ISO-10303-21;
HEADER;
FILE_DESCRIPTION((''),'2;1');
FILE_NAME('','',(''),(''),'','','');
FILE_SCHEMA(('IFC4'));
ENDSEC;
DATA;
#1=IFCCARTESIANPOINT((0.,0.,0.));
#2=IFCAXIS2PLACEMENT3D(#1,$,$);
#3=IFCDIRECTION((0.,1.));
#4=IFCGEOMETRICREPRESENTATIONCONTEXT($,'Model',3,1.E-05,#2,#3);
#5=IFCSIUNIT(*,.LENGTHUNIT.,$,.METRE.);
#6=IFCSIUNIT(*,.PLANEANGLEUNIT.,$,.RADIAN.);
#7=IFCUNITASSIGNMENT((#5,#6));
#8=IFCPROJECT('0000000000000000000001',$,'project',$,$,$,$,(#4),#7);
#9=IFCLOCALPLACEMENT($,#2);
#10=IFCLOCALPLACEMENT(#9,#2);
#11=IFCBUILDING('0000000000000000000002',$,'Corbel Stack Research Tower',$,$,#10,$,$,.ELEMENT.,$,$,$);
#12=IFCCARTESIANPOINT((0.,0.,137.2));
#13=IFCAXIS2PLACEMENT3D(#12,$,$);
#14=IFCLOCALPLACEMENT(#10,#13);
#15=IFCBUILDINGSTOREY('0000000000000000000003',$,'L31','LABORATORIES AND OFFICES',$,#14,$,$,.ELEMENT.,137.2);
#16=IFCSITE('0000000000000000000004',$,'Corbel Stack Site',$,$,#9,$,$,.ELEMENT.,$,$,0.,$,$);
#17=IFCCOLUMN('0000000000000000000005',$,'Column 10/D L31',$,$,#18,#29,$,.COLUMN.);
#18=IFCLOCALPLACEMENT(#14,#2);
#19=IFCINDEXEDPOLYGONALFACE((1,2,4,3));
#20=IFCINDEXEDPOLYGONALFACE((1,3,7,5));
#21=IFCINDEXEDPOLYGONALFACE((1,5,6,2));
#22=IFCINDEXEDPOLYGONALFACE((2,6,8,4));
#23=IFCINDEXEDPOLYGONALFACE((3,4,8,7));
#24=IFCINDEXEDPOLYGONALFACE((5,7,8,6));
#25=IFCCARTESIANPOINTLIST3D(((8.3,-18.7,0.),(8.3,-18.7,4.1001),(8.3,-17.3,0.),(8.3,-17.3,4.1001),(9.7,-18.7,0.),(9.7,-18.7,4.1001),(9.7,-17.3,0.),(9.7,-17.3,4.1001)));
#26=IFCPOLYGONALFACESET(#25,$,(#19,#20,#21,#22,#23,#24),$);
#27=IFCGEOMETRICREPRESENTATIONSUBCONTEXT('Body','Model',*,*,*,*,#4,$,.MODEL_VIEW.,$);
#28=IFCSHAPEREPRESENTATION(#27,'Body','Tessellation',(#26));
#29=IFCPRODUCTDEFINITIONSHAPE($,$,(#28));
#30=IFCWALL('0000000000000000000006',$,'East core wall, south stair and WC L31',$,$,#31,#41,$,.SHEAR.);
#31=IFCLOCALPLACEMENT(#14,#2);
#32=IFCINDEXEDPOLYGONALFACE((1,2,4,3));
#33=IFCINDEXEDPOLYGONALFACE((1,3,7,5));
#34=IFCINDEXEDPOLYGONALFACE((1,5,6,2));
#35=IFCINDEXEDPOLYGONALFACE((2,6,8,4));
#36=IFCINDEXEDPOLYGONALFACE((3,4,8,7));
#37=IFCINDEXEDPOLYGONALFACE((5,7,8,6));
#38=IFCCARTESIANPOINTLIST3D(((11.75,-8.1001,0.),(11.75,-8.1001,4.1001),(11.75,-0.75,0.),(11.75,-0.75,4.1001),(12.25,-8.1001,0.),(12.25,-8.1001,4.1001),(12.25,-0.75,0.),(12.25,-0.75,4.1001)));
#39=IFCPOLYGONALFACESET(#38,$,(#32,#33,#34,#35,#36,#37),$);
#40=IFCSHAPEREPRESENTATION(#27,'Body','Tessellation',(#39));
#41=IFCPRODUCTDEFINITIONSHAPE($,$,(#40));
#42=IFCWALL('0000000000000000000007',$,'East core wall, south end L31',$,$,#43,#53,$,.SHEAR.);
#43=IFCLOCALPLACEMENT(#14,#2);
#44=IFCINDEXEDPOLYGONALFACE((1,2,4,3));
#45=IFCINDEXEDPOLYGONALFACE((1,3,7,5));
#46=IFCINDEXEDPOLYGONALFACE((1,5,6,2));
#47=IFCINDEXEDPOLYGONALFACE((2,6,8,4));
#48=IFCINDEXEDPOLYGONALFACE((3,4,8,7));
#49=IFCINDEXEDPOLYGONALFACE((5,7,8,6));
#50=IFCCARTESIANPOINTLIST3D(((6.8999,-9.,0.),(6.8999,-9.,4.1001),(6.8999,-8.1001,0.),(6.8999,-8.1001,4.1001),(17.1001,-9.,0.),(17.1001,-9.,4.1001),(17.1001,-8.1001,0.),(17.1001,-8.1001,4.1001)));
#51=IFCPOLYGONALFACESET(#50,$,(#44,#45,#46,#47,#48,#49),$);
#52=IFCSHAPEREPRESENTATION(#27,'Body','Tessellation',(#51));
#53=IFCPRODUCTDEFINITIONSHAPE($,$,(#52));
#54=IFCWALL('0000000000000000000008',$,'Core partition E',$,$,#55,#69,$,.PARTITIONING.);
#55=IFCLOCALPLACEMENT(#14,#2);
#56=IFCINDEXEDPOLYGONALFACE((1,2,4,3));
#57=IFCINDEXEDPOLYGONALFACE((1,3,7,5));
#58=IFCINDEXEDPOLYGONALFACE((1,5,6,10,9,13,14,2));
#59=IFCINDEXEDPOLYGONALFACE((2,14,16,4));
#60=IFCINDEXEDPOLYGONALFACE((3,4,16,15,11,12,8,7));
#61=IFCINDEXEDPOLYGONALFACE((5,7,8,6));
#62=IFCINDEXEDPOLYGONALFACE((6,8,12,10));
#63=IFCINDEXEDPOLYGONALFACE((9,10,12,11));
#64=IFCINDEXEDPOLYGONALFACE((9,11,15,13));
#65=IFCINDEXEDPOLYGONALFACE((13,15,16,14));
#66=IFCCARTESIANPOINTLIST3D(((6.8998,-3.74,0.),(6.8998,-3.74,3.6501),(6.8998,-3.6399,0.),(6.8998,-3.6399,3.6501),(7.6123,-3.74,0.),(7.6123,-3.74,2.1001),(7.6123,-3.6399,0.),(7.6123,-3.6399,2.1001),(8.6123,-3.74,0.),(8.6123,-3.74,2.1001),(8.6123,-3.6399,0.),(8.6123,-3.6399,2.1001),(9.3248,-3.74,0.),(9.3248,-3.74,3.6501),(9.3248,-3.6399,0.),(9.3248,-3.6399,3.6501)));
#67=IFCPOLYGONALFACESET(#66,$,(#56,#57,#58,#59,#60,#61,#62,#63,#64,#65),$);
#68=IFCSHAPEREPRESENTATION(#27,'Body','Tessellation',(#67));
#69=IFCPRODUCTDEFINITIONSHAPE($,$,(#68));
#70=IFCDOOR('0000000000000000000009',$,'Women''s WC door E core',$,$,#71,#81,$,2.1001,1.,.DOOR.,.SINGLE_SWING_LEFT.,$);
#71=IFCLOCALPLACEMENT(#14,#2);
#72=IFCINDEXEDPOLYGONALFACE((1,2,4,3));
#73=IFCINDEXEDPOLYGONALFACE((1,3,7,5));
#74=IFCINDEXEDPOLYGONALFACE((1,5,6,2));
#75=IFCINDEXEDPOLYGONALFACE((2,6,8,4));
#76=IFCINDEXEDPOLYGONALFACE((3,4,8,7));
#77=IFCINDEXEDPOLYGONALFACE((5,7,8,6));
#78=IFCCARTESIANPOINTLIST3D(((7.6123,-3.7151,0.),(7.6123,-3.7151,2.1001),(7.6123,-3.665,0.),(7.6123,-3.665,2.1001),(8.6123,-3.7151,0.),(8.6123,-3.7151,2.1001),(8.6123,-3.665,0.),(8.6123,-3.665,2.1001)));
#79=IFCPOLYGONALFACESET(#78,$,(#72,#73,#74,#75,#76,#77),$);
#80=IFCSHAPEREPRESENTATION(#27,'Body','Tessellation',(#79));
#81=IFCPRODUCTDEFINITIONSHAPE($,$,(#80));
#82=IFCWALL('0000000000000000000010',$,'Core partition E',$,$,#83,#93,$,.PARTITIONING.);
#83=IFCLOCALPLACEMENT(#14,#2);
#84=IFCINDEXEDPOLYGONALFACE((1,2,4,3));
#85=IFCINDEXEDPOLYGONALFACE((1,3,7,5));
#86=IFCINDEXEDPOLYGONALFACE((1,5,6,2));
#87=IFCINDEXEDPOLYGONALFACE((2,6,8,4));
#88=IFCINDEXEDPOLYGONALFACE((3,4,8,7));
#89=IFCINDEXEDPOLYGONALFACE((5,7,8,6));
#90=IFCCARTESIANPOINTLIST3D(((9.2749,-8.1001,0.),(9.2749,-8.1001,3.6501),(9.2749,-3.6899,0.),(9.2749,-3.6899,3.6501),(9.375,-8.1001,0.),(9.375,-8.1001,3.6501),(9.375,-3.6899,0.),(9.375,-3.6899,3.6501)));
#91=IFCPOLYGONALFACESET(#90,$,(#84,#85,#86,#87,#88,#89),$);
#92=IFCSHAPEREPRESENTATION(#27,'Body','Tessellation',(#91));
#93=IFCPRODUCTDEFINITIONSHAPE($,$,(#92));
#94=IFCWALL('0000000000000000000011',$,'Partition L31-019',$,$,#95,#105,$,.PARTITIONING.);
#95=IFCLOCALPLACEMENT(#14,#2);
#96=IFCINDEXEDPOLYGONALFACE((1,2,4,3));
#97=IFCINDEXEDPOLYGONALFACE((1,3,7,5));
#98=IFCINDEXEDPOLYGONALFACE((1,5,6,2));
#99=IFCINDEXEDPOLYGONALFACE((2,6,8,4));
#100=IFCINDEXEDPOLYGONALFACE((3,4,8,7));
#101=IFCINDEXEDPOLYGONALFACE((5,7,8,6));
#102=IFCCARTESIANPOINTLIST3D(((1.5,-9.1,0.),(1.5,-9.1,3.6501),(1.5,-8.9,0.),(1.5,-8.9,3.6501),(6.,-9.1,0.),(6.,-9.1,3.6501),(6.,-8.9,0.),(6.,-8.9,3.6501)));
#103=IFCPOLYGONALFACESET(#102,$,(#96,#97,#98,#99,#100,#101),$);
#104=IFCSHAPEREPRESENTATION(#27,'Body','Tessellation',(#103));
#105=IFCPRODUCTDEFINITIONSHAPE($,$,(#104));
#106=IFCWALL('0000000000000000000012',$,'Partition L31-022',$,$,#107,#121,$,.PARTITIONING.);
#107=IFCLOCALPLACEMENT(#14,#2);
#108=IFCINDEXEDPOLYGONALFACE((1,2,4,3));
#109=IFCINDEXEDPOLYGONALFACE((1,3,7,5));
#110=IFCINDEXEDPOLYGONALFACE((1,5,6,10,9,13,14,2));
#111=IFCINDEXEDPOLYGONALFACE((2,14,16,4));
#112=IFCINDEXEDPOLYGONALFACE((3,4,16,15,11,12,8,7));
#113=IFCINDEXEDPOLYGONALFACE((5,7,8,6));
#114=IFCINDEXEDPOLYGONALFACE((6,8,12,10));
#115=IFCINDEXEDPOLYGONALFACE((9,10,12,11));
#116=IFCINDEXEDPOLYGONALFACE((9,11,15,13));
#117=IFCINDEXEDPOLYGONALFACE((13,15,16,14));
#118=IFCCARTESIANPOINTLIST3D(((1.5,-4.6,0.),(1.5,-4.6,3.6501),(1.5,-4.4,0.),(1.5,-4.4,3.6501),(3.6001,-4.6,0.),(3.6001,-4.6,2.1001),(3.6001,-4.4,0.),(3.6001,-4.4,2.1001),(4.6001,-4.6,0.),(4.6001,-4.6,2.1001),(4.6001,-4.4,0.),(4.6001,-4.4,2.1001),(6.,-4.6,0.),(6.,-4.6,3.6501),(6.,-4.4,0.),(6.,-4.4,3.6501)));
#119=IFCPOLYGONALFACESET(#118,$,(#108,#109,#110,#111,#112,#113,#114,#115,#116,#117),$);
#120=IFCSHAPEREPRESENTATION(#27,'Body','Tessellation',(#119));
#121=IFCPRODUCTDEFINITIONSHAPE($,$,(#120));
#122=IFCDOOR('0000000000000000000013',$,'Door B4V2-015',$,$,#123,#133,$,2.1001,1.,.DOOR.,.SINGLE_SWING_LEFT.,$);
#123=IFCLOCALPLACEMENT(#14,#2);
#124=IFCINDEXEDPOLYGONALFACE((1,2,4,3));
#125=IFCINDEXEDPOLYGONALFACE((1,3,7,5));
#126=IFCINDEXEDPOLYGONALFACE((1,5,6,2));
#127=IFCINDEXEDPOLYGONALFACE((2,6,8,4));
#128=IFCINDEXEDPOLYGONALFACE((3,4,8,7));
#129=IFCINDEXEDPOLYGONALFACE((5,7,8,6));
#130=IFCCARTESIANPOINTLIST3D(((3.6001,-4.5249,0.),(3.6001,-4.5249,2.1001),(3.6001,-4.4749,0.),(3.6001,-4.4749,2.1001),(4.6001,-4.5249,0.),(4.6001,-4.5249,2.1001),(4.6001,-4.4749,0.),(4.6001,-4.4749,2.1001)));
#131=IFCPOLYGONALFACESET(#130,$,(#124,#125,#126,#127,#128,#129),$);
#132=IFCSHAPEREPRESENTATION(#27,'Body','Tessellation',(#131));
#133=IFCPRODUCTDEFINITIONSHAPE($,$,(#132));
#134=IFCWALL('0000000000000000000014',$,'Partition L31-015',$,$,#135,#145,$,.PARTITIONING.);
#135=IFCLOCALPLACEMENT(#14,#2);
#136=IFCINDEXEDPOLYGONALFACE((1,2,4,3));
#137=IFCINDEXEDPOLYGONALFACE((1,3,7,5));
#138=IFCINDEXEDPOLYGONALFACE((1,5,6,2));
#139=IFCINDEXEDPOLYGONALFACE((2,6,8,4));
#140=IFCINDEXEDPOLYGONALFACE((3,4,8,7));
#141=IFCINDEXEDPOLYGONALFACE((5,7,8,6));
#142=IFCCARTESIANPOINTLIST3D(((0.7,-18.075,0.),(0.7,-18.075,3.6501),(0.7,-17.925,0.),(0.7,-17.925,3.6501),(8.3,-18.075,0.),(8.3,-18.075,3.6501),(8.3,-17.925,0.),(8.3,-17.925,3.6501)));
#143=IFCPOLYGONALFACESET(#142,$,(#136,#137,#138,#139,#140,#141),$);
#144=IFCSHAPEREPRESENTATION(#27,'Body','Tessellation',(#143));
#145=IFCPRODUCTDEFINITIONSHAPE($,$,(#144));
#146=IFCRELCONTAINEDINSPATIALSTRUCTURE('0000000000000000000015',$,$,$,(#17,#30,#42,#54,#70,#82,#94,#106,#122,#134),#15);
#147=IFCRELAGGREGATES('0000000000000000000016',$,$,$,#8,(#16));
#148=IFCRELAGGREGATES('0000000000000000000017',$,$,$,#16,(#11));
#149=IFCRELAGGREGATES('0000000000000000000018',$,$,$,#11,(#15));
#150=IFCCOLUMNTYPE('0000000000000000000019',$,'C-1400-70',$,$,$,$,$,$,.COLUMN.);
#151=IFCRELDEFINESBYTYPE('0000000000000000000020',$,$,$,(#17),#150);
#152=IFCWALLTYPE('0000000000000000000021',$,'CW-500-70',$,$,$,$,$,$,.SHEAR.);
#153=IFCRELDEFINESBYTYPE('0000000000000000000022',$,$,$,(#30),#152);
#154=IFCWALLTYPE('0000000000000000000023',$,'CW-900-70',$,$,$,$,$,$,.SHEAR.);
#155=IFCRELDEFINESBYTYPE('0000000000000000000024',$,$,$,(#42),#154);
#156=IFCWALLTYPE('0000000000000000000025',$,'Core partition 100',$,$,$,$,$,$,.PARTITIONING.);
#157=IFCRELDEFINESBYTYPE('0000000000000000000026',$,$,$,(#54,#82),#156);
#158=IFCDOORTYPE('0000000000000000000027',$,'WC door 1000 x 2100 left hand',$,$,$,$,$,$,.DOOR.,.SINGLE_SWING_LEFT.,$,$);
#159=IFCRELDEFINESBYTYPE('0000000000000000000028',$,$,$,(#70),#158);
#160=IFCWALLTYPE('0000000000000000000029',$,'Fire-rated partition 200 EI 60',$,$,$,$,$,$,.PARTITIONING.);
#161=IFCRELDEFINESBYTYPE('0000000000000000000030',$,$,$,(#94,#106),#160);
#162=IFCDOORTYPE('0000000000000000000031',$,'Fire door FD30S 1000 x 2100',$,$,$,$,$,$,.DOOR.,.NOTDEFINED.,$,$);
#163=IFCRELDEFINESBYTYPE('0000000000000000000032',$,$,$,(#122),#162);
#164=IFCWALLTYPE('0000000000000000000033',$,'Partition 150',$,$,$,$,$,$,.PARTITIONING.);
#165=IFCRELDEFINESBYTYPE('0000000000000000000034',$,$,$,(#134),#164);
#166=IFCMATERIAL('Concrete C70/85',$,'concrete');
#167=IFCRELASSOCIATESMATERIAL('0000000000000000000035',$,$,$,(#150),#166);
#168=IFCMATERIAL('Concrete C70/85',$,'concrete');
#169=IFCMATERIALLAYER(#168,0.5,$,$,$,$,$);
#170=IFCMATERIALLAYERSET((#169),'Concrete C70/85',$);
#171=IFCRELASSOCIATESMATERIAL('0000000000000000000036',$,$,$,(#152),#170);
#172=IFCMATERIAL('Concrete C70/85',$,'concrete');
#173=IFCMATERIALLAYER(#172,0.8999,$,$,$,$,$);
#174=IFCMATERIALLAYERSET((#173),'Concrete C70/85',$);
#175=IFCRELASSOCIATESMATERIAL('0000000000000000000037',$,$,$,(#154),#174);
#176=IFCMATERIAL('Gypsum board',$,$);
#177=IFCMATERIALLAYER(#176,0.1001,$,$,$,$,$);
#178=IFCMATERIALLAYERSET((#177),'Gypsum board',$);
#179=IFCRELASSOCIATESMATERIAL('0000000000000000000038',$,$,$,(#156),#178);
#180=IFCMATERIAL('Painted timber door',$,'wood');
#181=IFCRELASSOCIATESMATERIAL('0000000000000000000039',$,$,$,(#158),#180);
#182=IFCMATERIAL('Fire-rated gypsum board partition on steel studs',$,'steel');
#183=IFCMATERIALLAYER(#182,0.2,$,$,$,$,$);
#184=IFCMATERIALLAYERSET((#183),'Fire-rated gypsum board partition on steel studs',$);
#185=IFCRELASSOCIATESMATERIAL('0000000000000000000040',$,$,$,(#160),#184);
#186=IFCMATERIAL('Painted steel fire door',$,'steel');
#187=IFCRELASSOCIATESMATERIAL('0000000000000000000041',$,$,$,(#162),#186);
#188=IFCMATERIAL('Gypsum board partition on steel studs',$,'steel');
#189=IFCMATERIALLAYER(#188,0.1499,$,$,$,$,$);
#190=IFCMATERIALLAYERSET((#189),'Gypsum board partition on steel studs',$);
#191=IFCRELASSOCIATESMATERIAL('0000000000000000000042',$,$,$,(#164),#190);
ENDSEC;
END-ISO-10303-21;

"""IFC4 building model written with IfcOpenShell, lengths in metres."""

from ifc_helpers import new_model, si_unit, direction, frame, frame_2d, origin, origin_2d, place, context, subcontext, project, spatial, rectangle, extrude, material, layer, layer_set, material_profile, profile_set, type_object, element, fill, save


model = new_model("IFC4")

# Units and contexts
model_context = context("Model", 3, precision=1e-05, world=origin(), true_north=direction((0.0, 1.0)))
body_context = subcontext(model_context, "Body", "Model", "MODEL_VIEW")
ifc_project = project(units=[si_unit("LENGTHUNIT", "METRE"), si_unit("PLANEANGLEUNIT", "RADIAN")], contexts=[model_context])

# Site, building, storey
site_placement = place(None, origin())
site = spatial("IfcSite", under=ifc_project, at=site_placement, Name="Corbel Stack Site", CompositionType="ELEMENT", RefElevation=0.0)
building_placement = place(site_placement, origin())
building = spatial("IfcBuilding", under=site, at=building_placement, Name="Corbel Stack Research Tower", CompositionType="ELEMENT")
storey_placement = place(building_placement, frame((0.0, 0.0, 137.2)))
storey = spatial("IfcBuildingStorey", under=building, at=storey_placement, Name="L31", Description="LABORATORIES AND OFFICES", CompositionType="ELEMENT", Elevation=137.2)

# Column
ifc_material_1 = material(Name="Concrete C70/85", Category="concrete")
ifc_material_profile = material_profile(ifc_material_1, rectangle(XDim=1.3999, YDim=1.3999, at=origin_2d()), Name="RC 1400 x 1400")
ifc_profile_set = profile_set([ifc_material_profile], Name="Concrete C70/85")
column_type = type_object("IfcColumnType", Name="C-1400-70", PredefinedType="COLUMN", material=ifc_profile_set)
column_placement = place(storey_placement, frame((9.0, -18.0, 0.0), z_axis=(0.0, 0.0, 1.0), x_axis=(1.0, 0.0, 0.0)))
element("IfcColumn", 1, at=column_placement, inside=storey, type_object=column_type, Name="Column 10/D L31", PredefinedType="COLUMN", context=body_context, shape_type="SweptSolid", body=[
    extrude(rectangle(XDim=1.3999, YDim=1.3999, at=origin_2d()), origin(), (0.0, 0.0, 1.0), 4.1001),
])

# Wall
ifc_material_2 = material(Name="Concrete C70/85", Category="concrete")
ifc_layer_1 = layer(ifc_material_2, 0.5)
ifc_layer_set_1 = layer_set([ifc_layer_1], Name="Concrete C70/85")
wall_type_1 = type_object("IfcWallType", Name="CW-500-70", PredefinedType="SHEAR", material=ifc_layer_set_1)
wall_1_placement = place(storey_placement, frame((12.0, -8.1001, 0.0), z_axis=(0.0, 0.0, 1.0), x_axis=(0.0, 1.0, 0.0)))
element("IfcWall", 2, at=wall_1_placement, inside=storey, type_object=wall_type_1, Name="East core wall, south stair and WC L31", PredefinedType="SHEAR", context=body_context, shape_type="SweptSolid", body=[
    extrude(rectangle(XDim=7.3501, YDim=0.5, at=frame_2d((3.675, 0.0))), origin(), (0.0, 0.0, 1.0), 4.1001),
])

# Shared definitions
ifc_material_3 = material(Name="Concrete C70/85", Category="concrete")
ifc_layer_2 = layer(ifc_material_3, 0.8999)
ifc_layer_set_2 = layer_set([ifc_layer_2], Name="Concrete C70/85")
wall_type_2 = type_object("IfcWallType", Name="CW-900-70", PredefinedType="SHEAR", material=ifc_layer_set_2)

# Wall
wall_2_placement = place(storey_placement, frame((6.8999, -8.55, 0.0), z_axis=(0.0, 0.0, 1.0), x_axis=(1.0, 0.0, 0.0)))
element("IfcWall", 3, at=wall_2_placement, inside=storey, type_object=wall_type_2, Name="East core wall, south end L31", PredefinedType="SHEAR", context=body_context, shape_type="SweptSolid", body=[
    extrude(rectangle(XDim=10.2002, YDim=0.8999, at=frame_2d((5.1001, 0.0))), origin(), (0.0, 0.0, 1.0), 4.1001),
])

# Wall, opening, door
ifc_material_4 = material(Name="Gypsum board")
ifc_layer_3 = layer(ifc_material_4, 0.1001)
ifc_layer_set_3 = layer_set([ifc_layer_3], Name="Gypsum board")
wall_type_3 = type_object("IfcWallType", Name="Core partition 100", PredefinedType="PARTITIONING", material=ifc_layer_set_3)
wall_3_placement = place(storey_placement, frame((6.8999, -3.6899, 0.0), z_axis=(0.0, 0.0, 1.0), x_axis=(1.0, 0.0, 0.0)))
wall_3 = element("IfcWall", 4, at=wall_3_placement, inside=storey, type_object=wall_type_3, Name="Core partition E", PredefinedType="PARTITIONING", context=body_context, shape_type="SweptSolid", body=[
    extrude(rectangle(XDim=2.425, YDim=0.1001, at=frame_2d((1.2124, 0.0))), origin(), (0.0, 0.0, 1.0), 3.6501),
])
opening_1_placement = place(wall_3_placement, frame((0.7124, 0.0, 0.0)))
opening_1 = element("IfcOpeningElement", 5, at=opening_1_placement, cuts=wall_3, PredefinedType="OPENING", context=body_context, shape_type="SweptSolid", body=[
    extrude(rectangle(XDim=1.0, YDim=2.1001, at=frame_2d((0.5, 1.05))), frame((0.0, 0.0601, 0.0), z_axis=(0.0, -1.0, 0.0), x_axis=(1.0, 0.0, 0.0)), (0.0, 0.0, 1.0), 0.1201),
])
ifc_material_5 = material(Name="Painted timber door", Category="wood")
door_type_1 = type_object("IfcDoorType", Name="WC door 1000 x 2100 left hand", OperationType="SINGLE_SWING_LEFT", PredefinedType="DOOR", material=ifc_material_5)
door_1_placement = place(opening_1_placement, origin())
door_1 = element("IfcDoor", 6, at=door_1_placement, inside=storey, type_object=door_type_1, Name="Women's WC door E core", OperationType="SINGLE_SWING_LEFT", OverallHeight=2.1001, OverallWidth=1.0, PredefinedType="DOOR", context=body_context, shape_type="SweptSolid", body=[
    extrude(rectangle(XDim=1.0, YDim=2.1001, at=frame_2d((0.5, 1.05))), frame((0.0, 0.0249, 0.0), z_axis=(0.0, -1.0, 0.0), x_axis=(1.0, 0.0, 0.0)), (0.0, 0.0, 1.0), 0.05),
])
fill(opening_1, door_1)

# Walls
wall_4_placement = place(storey_placement, frame((9.325, -8.1001, 0.0), z_axis=(0.0, 0.0, 1.0), x_axis=(0.0, 1.0, 0.0)))
element("IfcWall", 7, at=wall_4_placement, inside=storey, type_object=wall_type_3, Name="Core partition E", PredefinedType="PARTITIONING", context=body_context, shape_type="SweptSolid", body=[
    extrude(rectangle(XDim=4.4102, YDim=0.1001, at=frame_2d((2.2051, 0.0))), origin(), (0.0, 0.0, 1.0), 3.6501),
])
ifc_material_6 = material(Name="Fire-rated gypsum board partition on steel studs", Category="steel")
ifc_layer_4 = layer(ifc_material_6, 0.2)
ifc_layer_set_4 = layer_set([ifc_layer_4], Name="Fire-rated gypsum board partition on steel studs")
wall_type_4 = type_object("IfcWallType", Name="Fire-rated partition 200 EI 60", PredefinedType="PARTITIONING", material=ifc_layer_set_4)
wall_5_placement = place(storey_placement, frame((1.5, -9.0, 0.0), z_axis=(0.0, 0.0, 1.0), x_axis=(1.0, 0.0, 0.0)))
element("IfcWall", 8, at=wall_5_placement, inside=storey, type_object=wall_type_4, Name="Partition L31-019", PredefinedType="PARTITIONING", context=body_context, shape_type="SweptSolid", body=[
    extrude(rectangle(XDim=4.5, YDim=0.2, at=frame_2d((2.25, 0.0))), origin(), (0.0, 0.0, 1.0), 3.6501),
])

# Wall, opening, door
wall_6_placement = place(storey_placement, frame((6.0, -4.5, 0.0), z_axis=(0.0, 0.0, 1.0), x_axis=(-1.0, 0.0, 0.0)))
wall_6 = element("IfcWall", 9, at=wall_6_placement, inside=storey, type_object=wall_type_4, Name="Partition L31-022", PredefinedType="PARTITIONING", context=body_context, shape_type="SweptSolid", body=[
    extrude(rectangle(XDim=4.5, YDim=0.2, at=frame_2d((2.25, 0.0))), origin(), (0.0, 0.0, 1.0), 3.6501),
])
opening_2_placement = place(wall_6_placement, frame((1.3999, 0.0, 0.0)))
opening_2 = element("IfcOpeningElement", 10, at=opening_2_placement, cuts=wall_6, PredefinedType="OPENING", context=body_context, shape_type="SweptSolid", body=[
    extrude(rectangle(XDim=1.0, YDim=2.1001, at=frame_2d((0.5, 1.05))), frame((0.0, 0.1099, 0.0), z_axis=(0.0, -1.0, 0.0), x_axis=(1.0, 0.0, 0.0)), (0.0, 0.0, 1.0), 0.22),
])
ifc_material_7 = material(Name="Painted steel fire door", Category="steel")
door_type_2 = type_object("IfcDoorType", Name="Fire door FD30S 1000 x 2100", OperationType="NOTDEFINED", PredefinedType="DOOR", material=ifc_material_7)
door_2_placement = place(opening_2_placement, origin())
door_2 = element("IfcDoor", 11, at=door_2_placement, inside=storey, type_object=door_type_2, Name="Door B4V2-015", OperationType="SINGLE_SWING_LEFT", OverallHeight=2.1001, OverallWidth=1.0, PredefinedType="DOOR", context=body_context, shape_type="SweptSolid", body=[
    extrude(rectangle(XDim=1.0, YDim=2.1001, at=frame_2d((0.5, 1.05))), frame((0.0, 0.0249, 0.0), z_axis=(0.0, -1.0, 0.0), x_axis=(1.0, 0.0, 0.0)), (0.0, 0.0, 1.0), 0.05),
])
fill(opening_2, door_2)

# Wall
ifc_material_8 = material(Name="Gypsum board partition on steel studs", Category="steel")
ifc_layer_5 = layer(ifc_material_8, 0.1499)
ifc_layer_set_5 = layer_set([ifc_layer_5], Name="Gypsum board partition on steel studs")
wall_type_5 = type_object("IfcWallType", Name="Partition 150", PredefinedType="PARTITIONING", material=ifc_layer_set_5)
wall_7_placement = place(storey_placement, frame((0.7, -18.0, 0.0), z_axis=(0.0, 0.0, 1.0), x_axis=(1.0, 0.0, 0.0)))
element("IfcWall", 12, at=wall_7_placement, inside=storey, type_object=wall_type_5, Name="Partition L31-015", PredefinedType="PARTITIONING", context=body_context, shape_type="SweptSolid", body=[
    extrude(rectangle(XDim=7.6001, YDim=0.1499, at=frame_2d((3.8, 0.0))), origin(), (0.0, 0.0, 1.0), 3.6501),
])

save(model, "model.ifc")
